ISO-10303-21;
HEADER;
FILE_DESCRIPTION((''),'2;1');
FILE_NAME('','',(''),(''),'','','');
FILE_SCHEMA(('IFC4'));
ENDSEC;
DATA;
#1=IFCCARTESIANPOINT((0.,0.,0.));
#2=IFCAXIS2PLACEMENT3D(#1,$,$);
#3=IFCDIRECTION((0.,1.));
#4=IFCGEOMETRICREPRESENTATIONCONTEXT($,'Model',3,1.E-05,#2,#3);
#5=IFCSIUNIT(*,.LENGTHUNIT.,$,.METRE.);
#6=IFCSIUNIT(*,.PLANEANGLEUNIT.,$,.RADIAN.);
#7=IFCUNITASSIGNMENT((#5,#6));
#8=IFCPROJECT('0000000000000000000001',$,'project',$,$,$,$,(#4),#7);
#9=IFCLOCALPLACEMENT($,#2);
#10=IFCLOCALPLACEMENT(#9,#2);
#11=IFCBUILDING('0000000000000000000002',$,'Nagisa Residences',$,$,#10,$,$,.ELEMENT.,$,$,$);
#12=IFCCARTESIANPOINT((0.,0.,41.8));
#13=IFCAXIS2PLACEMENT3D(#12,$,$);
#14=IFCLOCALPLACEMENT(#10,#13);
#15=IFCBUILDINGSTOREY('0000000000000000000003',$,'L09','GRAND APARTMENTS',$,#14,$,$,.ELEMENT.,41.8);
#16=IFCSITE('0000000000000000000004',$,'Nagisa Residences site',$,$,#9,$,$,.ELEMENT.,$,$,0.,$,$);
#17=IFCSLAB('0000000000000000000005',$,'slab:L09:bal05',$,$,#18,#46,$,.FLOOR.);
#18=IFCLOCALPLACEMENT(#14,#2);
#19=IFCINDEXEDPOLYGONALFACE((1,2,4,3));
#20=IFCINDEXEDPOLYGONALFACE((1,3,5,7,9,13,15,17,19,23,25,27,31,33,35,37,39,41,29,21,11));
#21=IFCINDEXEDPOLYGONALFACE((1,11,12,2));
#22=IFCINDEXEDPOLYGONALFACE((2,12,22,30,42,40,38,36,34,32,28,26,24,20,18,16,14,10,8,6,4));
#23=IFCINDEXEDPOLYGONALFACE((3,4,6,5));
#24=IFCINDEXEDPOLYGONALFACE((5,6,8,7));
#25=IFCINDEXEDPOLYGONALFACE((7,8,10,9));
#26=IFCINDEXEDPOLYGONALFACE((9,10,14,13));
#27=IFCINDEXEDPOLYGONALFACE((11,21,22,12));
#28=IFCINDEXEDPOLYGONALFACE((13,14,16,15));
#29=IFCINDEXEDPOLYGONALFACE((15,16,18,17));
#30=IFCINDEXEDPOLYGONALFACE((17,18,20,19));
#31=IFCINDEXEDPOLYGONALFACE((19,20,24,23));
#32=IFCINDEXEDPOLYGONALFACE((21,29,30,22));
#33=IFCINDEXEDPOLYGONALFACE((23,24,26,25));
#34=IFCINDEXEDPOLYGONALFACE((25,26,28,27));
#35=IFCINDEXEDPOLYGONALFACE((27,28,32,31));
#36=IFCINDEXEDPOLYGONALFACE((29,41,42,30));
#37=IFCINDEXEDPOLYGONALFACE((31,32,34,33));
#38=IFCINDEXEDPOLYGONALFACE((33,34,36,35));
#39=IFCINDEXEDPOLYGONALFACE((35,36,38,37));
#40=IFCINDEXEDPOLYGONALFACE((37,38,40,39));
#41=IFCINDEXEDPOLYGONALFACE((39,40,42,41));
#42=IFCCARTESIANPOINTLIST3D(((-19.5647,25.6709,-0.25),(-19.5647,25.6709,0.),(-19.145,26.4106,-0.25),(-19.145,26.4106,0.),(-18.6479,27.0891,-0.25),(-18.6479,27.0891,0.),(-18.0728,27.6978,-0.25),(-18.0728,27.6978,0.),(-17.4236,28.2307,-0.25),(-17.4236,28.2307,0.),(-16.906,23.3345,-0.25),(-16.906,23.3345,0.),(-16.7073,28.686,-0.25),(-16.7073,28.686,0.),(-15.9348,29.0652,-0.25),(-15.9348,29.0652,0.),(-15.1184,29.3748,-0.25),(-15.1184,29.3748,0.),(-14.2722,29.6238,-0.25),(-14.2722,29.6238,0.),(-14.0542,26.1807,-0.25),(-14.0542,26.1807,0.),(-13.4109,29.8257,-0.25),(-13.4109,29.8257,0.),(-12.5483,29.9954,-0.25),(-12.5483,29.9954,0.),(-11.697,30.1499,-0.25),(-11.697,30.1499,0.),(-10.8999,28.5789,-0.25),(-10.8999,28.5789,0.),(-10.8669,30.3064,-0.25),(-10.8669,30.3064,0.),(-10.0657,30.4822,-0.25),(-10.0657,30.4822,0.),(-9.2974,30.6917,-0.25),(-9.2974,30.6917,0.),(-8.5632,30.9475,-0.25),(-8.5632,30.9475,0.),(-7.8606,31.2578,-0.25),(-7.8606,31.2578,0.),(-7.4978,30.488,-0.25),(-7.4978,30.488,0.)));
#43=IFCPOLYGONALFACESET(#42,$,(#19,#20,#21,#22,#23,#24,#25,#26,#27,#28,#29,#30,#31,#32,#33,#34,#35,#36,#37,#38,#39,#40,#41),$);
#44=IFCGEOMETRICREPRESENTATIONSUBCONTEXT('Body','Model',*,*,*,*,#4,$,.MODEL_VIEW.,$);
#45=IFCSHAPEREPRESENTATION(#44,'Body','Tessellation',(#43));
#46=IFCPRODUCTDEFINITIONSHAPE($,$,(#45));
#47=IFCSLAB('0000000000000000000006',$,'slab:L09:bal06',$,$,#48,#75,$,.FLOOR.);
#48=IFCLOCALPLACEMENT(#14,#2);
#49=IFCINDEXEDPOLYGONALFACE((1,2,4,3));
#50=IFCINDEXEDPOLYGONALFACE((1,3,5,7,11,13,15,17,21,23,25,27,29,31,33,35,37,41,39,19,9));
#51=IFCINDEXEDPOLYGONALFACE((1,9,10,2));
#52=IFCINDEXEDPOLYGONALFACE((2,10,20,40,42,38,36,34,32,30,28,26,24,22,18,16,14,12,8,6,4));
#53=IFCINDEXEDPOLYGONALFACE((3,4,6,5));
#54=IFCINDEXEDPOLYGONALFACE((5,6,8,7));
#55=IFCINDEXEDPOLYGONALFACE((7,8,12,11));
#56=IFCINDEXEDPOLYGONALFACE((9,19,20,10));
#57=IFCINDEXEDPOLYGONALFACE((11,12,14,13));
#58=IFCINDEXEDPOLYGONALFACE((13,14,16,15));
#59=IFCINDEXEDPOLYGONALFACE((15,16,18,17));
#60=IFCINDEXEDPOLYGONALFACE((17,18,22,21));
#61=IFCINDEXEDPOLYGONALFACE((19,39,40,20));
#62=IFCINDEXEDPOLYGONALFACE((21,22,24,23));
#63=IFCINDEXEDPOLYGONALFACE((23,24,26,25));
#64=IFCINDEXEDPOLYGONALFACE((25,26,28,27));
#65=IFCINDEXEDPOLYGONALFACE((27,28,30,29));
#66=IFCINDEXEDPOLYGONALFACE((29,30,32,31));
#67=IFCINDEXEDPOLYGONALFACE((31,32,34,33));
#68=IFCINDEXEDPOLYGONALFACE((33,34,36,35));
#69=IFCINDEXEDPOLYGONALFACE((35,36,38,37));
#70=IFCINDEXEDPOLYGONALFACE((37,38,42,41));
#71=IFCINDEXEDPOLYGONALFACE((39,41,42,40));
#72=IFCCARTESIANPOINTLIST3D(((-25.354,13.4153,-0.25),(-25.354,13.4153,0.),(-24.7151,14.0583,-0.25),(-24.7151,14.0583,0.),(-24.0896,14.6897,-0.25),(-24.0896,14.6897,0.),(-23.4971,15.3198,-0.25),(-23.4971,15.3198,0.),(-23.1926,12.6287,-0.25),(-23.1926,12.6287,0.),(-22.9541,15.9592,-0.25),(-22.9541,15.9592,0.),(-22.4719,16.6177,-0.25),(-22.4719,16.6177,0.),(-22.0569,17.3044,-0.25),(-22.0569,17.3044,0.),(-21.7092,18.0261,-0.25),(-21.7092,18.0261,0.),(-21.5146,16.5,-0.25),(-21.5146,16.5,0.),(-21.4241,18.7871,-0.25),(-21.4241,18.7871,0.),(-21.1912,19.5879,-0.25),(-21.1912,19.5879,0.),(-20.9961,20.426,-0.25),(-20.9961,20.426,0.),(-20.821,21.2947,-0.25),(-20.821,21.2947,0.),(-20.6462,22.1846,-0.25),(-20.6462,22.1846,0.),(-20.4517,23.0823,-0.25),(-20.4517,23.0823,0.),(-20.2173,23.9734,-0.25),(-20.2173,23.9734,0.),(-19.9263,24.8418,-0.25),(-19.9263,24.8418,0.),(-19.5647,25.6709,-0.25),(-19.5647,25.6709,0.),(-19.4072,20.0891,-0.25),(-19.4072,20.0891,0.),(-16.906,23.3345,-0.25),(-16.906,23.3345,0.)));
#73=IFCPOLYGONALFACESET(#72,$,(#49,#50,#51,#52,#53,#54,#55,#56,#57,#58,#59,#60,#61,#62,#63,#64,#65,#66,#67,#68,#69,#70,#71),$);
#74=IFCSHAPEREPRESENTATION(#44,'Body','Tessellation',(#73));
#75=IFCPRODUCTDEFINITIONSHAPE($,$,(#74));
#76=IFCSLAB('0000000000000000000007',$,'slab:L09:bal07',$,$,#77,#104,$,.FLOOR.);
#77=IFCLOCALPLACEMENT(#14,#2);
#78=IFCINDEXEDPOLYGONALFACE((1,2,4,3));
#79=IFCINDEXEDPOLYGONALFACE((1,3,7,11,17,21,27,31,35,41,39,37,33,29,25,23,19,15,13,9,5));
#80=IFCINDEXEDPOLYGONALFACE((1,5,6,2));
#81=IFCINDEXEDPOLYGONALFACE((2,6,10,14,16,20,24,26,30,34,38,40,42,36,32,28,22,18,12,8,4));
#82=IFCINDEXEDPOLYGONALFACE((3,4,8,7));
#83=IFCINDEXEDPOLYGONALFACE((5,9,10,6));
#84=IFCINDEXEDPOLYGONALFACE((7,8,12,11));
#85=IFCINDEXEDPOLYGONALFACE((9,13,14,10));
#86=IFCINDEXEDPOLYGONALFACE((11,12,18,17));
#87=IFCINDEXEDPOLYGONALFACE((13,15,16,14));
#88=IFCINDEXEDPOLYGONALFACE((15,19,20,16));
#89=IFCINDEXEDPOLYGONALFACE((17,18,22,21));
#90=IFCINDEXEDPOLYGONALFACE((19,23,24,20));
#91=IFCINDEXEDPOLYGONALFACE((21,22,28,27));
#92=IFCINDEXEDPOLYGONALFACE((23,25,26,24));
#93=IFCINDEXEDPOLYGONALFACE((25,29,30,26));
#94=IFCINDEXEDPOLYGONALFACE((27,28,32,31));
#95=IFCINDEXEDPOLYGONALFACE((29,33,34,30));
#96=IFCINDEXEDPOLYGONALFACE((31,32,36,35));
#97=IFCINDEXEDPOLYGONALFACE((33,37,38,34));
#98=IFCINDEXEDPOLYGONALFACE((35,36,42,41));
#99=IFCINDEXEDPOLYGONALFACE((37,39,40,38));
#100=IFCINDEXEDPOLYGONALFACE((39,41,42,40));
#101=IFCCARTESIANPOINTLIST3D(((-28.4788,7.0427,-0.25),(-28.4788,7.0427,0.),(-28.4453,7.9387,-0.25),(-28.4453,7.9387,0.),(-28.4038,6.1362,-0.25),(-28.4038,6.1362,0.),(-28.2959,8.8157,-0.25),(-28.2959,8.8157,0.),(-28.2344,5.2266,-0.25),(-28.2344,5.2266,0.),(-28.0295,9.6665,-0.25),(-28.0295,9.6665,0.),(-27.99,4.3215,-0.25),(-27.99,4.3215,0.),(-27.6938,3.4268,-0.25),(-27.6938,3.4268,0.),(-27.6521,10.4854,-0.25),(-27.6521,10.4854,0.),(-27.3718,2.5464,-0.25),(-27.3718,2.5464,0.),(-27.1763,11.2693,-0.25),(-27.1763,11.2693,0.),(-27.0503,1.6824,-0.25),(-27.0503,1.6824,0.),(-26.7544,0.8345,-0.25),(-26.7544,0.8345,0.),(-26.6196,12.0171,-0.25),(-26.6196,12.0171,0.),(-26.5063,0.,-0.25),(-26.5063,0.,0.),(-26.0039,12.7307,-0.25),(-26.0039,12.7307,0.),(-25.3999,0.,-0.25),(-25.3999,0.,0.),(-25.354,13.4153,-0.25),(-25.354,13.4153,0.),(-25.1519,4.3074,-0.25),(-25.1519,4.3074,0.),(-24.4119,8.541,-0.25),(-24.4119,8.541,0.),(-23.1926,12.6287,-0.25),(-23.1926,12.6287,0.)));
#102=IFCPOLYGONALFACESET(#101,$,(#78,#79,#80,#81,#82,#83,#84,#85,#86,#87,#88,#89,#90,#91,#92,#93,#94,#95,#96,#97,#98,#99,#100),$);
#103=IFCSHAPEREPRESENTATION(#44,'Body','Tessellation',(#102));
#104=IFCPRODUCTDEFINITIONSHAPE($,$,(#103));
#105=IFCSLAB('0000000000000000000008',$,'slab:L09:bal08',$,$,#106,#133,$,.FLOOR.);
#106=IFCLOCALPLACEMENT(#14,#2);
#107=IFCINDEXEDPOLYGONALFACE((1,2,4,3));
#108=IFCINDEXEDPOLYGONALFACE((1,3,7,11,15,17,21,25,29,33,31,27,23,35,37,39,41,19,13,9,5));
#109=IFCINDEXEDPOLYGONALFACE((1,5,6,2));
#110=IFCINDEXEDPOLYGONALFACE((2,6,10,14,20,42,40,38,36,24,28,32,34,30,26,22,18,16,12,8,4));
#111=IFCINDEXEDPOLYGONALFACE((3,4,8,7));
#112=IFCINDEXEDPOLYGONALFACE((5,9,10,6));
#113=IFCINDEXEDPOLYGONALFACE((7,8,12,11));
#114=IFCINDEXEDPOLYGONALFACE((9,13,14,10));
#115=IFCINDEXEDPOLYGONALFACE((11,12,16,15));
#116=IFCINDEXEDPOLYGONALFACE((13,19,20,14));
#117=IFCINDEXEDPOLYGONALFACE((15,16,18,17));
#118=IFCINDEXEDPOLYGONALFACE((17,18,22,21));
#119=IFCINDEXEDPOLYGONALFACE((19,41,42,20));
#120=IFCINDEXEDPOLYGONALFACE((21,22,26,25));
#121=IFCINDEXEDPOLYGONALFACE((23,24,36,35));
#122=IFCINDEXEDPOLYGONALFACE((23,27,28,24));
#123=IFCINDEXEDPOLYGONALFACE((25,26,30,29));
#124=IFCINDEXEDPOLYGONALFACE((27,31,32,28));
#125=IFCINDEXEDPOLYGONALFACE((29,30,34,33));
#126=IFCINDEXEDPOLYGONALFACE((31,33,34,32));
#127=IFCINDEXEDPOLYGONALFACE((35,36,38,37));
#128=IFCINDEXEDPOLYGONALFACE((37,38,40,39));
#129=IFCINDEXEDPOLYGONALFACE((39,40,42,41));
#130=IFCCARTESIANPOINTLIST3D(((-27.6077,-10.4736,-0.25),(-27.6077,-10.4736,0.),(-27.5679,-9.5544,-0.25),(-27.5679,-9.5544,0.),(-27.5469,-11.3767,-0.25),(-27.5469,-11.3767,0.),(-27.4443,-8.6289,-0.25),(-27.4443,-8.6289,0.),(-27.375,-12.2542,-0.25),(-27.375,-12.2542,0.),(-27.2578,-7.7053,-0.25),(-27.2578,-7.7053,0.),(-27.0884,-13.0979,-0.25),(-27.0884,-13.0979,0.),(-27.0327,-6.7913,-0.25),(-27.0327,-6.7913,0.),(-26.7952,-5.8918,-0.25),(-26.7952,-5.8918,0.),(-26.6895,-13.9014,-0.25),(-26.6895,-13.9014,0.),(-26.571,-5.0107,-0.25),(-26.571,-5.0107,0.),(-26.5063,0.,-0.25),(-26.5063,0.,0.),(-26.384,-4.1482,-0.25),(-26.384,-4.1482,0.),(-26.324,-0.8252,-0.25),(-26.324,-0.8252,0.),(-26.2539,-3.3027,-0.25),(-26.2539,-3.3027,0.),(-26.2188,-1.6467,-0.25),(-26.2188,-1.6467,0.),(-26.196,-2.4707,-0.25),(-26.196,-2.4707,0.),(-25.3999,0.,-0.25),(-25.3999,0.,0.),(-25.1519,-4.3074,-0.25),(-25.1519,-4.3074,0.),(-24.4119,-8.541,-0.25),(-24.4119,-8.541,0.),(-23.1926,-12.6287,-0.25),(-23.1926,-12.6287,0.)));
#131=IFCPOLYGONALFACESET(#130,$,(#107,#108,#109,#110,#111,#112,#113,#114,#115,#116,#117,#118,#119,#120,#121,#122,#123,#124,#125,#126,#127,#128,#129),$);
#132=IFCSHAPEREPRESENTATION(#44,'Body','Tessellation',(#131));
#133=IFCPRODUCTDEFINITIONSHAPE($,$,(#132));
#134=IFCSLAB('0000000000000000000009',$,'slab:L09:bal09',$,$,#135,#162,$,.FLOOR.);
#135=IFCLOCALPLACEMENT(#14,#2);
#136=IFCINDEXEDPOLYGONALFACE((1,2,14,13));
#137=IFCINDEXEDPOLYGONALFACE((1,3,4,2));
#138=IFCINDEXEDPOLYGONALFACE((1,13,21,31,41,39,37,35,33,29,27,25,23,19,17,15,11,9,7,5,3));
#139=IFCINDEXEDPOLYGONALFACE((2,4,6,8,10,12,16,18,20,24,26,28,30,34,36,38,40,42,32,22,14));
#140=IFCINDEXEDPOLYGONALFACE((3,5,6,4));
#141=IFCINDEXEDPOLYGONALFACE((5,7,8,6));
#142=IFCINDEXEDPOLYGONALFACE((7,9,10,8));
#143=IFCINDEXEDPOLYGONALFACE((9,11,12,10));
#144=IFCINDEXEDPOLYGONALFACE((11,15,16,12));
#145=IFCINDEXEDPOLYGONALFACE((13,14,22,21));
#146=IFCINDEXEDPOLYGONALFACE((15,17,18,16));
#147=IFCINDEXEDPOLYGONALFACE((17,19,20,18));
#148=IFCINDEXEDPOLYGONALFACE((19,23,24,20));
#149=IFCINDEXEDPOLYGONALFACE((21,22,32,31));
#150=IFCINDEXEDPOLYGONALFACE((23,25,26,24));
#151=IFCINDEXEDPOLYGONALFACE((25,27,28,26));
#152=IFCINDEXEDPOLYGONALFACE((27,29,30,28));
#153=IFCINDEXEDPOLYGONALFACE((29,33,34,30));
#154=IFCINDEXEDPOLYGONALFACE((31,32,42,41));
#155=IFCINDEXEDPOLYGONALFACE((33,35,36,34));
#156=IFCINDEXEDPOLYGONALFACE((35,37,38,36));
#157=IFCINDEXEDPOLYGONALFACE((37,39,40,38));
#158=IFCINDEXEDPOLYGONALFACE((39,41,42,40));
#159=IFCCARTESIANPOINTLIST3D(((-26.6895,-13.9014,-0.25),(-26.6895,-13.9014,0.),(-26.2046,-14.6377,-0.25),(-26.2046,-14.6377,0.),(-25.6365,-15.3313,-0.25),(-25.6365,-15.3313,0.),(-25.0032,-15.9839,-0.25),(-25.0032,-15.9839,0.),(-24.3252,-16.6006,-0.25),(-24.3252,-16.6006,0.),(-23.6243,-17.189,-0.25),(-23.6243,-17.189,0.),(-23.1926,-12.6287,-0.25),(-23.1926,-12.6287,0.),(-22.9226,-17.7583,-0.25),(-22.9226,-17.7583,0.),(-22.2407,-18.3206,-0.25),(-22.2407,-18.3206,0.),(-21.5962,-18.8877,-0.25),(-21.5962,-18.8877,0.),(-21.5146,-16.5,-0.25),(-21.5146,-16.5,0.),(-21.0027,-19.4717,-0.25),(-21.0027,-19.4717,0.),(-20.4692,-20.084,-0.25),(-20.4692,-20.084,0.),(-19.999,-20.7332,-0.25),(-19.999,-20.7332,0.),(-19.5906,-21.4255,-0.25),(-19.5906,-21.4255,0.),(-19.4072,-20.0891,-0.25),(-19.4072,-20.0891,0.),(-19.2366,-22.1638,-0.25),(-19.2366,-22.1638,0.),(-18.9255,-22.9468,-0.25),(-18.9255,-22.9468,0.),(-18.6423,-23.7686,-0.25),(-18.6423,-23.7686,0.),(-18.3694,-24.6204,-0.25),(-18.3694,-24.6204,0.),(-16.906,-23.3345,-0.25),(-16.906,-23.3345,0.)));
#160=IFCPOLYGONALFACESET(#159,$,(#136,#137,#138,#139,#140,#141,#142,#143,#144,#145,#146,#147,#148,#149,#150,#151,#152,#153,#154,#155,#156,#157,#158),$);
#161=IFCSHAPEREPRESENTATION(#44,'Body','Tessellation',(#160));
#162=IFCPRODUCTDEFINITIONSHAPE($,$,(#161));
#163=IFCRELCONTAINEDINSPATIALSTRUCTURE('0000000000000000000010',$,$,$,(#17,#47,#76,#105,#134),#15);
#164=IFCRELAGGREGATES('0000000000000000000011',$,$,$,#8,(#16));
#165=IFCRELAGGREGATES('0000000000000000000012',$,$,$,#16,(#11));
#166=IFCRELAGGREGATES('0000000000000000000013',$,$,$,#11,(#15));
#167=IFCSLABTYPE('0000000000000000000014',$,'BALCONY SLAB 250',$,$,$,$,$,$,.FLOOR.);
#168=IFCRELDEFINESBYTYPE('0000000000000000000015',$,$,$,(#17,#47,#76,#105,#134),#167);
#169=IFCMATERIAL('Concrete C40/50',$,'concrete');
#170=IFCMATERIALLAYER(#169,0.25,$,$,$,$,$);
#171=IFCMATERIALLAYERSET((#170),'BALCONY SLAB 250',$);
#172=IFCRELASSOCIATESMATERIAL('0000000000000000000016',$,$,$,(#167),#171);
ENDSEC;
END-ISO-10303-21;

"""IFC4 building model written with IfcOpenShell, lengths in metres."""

from ifc_helpers import new_model, si_unit, direction, frame, origin, place, context, subcontext, project, spatial, polyline, outline, extrude, material, layer, layer_set, type_object, element, save


model = new_model("IFC4")

# Units and contexts
model_context = context("Model", 3, precision=1e-05, world=origin(), true_north=direction((0.0, 1.0)))
body_context = subcontext(model_context, "Body", "Model", "MODEL_VIEW")
ifc_project = project(units=[si_unit("LENGTHUNIT", "METRE"), si_unit("PLANEANGLEUNIT", "RADIAN")], contexts=[model_context])

# Site, building, storey
site_placement = place(None, origin())
site = spatial("IfcSite", under=ifc_project, at=site_placement, Name="Nagisa Residences site", CompositionType="ELEMENT", RefElevation=0.0)
building_placement = place(site_placement, origin())
building = spatial("IfcBuilding", under=site, at=building_placement, Name="Nagisa Residences", CompositionType="ELEMENT")
storey_placement = place(building_placement, frame((0.0, 0.0, 41.8)))
storey = spatial("IfcBuildingStorey", under=building, at=storey_placement, Name="L09", Description="GRAND APARTMENTS", CompositionType="ELEMENT", Elevation=41.8)

# Slabs
ifc_material_1 = material(Name="Concrete C40/50", Category="concrete")
ifc_layer_1 = layer(ifc_material_1, 0.25)
ifc_layer_set_1 = layer_set([ifc_layer_1], Name="BALCONY SLAB 250")
slab_type_1 = type_object("IfcSlabType", Name="BALCONY SLAB 250", PredefinedType="FLOOR", material=ifc_layer_set_1)
slab_1_placement = place(storey_placement, frame((0.0, 0.0, -0.25)))
element("IfcSlab", 1, at=slab_1_placement, inside=storey, type_object=slab_type_1, Name="slab:L09:bal05", PredefinedType="FLOOR", context=body_context, shape_type="SweptSolid", body=[
    extrude(outline(polyline([(-7.8606, 31.2578), (-8.5632, 30.9475), (-9.2974, 30.6917), (-10.0657, 30.4822), (-10.8669, 30.3064), (-11.697, 30.1499), (-12.5483, 29.9954), (-13.4109, 29.8257), (-14.2722, 29.6238), (-15.1184, 29.3748), (-15.9348, 29.0652), (-16.7073, 28.686), (-17.4236, 28.2307), (-18.0728, 27.6978), (-18.6479, 27.0891), (-19.145, 26.4106), (-19.5647, 25.6709), (-16.906, 23.3345), (-14.0542, 26.1807), (-10.8999, 28.5789), (-7.4978, 30.488), (-7.8606, 31.2578)])), origin(), (0.0, 0.0, 1.0), 0.25),
])
slab_2_placement = place(storey_placement, frame((0.0, 0.0, -0.25)))
element("IfcSlab", 2, at=slab_2_placement, inside=storey, type_object=slab_type_1, Name="slab:L09:bal06", PredefinedType="FLOOR", context=body_context, shape_type="SweptSolid", body=[
    extrude(outline(polyline([(-19.5647, 25.6709), (-19.9263, 24.8418), (-20.2173, 23.9734), (-20.4517, 23.0823), (-20.6462, 22.1846), (-20.821, 21.2947), (-20.9961, 20.426), (-21.1912, 19.5879), (-21.4241, 18.7871), (-21.7092, 18.0261), (-22.0569, 17.3044), (-22.4719, 16.6177), (-22.9541, 15.9592), (-23.4971, 15.3198), (-24.0896, 14.6897), (-24.7151, 14.0583), (-25.354, 13.4153), (-23.1926, 12.6287), (-21.5146, 16.5), (-19.4072, 20.0891), (-16.906, 23.3345), (-19.5647, 25.6709)])), origin(), (0.0, 0.0, 1.0), 0.25),
])
slab_3_placement = place(storey_placement, frame((0.0, 0.0, -0.25)))
element("IfcSlab", 3, at=slab_3_placement, inside=storey, type_object=slab_type_1, Name="slab:L09:bal07", PredefinedType="FLOOR", context=body_context, shape_type="SweptSolid", body=[
    extrude(outline(polyline([(-25.354, 13.4153), (-26.0039, 12.7307), (-26.6196, 12.0171), (-27.1763, 11.2693), (-27.6521, 10.4854), (-28.0295, 9.6665), (-28.2959, 8.8157), (-28.4453, 7.9387), (-28.4788, 7.0427), (-28.4038, 6.1362), (-28.2344, 5.2266), (-27.99, 4.3215), (-27.6938, 3.4268), (-27.3718, 2.5464), (-27.0503, 1.6824), (-26.7544, 0.8345), (-26.5063, 0.0), (-25.3999, 0.0), (-25.1519, 4.3074), (-24.4119, 8.541), (-23.1926, 12.6287), (-25.354, 13.4153)])), origin(), (0.0, 0.0, 1.0), 0.25),
])
slab_4_placement = place(storey_placement, frame((0.0, 0.0, -0.25)))
element("IfcSlab", 4, at=slab_4_placement, inside=storey, type_object=slab_type_1, Name="slab:L09:bal08", PredefinedType="FLOOR", context=body_context, shape_type="SweptSolid", body=[
    extrude(outline(polyline([(-26.5063, 0.0), (-26.324, -0.8252), (-26.2188, -1.6467), (-26.196, -2.4707), (-26.2539, -3.3027), (-26.384, -4.1482), (-26.571, -5.0107), (-26.7952, -5.8918), (-27.0327, -6.7913), (-27.2578, -7.7053), (-27.4443, -8.6289), (-27.5679, -9.5544), (-27.6077, -10.4736), (-27.5469, -11.3767), (-27.375, -12.2542), (-27.0884, -13.0979), (-26.6895, -13.9014), (-23.1926, -12.6287), (-24.4119, -8.541), (-25.1519, -4.3074), (-25.3999, 0.0), (-26.5063, 0.0)])), origin(), (0.0, 0.0, 1.0), 0.25),
])
slab_5_placement = place(storey_placement, frame((0.0, 0.0, -0.25)))
element("IfcSlab", 5, at=slab_5_placement, inside=storey, type_object=slab_type_1, Name="slab:L09:bal09", PredefinedType="FLOOR", context=body_context, shape_type="SweptSolid", body=[
    extrude(outline(polyline([(-26.6895, -13.9014), (-26.2046, -14.6377), (-25.6365, -15.3313), (-25.0032, -15.9839), (-24.3252, -16.6006), (-23.6243, -17.189), (-22.9226, -17.7583), (-22.2407, -18.3206), (-21.5962, -18.8877), (-21.0027, -19.4717), (-20.4692, -20.084), (-19.999, -20.7332), (-19.5906, -21.4255), (-19.2366, -22.1638), (-18.9255, -22.9468), (-18.6423, -23.7686), (-18.3694, -24.6204), (-16.906, -23.3345), (-19.4072, -20.0891), (-21.5146, -16.5), (-23.1926, -12.6287), (-26.6895, -13.9014)])), origin(), (0.0, 0.0, 1.0), 0.25),
])

save(model, "model.ifc")
